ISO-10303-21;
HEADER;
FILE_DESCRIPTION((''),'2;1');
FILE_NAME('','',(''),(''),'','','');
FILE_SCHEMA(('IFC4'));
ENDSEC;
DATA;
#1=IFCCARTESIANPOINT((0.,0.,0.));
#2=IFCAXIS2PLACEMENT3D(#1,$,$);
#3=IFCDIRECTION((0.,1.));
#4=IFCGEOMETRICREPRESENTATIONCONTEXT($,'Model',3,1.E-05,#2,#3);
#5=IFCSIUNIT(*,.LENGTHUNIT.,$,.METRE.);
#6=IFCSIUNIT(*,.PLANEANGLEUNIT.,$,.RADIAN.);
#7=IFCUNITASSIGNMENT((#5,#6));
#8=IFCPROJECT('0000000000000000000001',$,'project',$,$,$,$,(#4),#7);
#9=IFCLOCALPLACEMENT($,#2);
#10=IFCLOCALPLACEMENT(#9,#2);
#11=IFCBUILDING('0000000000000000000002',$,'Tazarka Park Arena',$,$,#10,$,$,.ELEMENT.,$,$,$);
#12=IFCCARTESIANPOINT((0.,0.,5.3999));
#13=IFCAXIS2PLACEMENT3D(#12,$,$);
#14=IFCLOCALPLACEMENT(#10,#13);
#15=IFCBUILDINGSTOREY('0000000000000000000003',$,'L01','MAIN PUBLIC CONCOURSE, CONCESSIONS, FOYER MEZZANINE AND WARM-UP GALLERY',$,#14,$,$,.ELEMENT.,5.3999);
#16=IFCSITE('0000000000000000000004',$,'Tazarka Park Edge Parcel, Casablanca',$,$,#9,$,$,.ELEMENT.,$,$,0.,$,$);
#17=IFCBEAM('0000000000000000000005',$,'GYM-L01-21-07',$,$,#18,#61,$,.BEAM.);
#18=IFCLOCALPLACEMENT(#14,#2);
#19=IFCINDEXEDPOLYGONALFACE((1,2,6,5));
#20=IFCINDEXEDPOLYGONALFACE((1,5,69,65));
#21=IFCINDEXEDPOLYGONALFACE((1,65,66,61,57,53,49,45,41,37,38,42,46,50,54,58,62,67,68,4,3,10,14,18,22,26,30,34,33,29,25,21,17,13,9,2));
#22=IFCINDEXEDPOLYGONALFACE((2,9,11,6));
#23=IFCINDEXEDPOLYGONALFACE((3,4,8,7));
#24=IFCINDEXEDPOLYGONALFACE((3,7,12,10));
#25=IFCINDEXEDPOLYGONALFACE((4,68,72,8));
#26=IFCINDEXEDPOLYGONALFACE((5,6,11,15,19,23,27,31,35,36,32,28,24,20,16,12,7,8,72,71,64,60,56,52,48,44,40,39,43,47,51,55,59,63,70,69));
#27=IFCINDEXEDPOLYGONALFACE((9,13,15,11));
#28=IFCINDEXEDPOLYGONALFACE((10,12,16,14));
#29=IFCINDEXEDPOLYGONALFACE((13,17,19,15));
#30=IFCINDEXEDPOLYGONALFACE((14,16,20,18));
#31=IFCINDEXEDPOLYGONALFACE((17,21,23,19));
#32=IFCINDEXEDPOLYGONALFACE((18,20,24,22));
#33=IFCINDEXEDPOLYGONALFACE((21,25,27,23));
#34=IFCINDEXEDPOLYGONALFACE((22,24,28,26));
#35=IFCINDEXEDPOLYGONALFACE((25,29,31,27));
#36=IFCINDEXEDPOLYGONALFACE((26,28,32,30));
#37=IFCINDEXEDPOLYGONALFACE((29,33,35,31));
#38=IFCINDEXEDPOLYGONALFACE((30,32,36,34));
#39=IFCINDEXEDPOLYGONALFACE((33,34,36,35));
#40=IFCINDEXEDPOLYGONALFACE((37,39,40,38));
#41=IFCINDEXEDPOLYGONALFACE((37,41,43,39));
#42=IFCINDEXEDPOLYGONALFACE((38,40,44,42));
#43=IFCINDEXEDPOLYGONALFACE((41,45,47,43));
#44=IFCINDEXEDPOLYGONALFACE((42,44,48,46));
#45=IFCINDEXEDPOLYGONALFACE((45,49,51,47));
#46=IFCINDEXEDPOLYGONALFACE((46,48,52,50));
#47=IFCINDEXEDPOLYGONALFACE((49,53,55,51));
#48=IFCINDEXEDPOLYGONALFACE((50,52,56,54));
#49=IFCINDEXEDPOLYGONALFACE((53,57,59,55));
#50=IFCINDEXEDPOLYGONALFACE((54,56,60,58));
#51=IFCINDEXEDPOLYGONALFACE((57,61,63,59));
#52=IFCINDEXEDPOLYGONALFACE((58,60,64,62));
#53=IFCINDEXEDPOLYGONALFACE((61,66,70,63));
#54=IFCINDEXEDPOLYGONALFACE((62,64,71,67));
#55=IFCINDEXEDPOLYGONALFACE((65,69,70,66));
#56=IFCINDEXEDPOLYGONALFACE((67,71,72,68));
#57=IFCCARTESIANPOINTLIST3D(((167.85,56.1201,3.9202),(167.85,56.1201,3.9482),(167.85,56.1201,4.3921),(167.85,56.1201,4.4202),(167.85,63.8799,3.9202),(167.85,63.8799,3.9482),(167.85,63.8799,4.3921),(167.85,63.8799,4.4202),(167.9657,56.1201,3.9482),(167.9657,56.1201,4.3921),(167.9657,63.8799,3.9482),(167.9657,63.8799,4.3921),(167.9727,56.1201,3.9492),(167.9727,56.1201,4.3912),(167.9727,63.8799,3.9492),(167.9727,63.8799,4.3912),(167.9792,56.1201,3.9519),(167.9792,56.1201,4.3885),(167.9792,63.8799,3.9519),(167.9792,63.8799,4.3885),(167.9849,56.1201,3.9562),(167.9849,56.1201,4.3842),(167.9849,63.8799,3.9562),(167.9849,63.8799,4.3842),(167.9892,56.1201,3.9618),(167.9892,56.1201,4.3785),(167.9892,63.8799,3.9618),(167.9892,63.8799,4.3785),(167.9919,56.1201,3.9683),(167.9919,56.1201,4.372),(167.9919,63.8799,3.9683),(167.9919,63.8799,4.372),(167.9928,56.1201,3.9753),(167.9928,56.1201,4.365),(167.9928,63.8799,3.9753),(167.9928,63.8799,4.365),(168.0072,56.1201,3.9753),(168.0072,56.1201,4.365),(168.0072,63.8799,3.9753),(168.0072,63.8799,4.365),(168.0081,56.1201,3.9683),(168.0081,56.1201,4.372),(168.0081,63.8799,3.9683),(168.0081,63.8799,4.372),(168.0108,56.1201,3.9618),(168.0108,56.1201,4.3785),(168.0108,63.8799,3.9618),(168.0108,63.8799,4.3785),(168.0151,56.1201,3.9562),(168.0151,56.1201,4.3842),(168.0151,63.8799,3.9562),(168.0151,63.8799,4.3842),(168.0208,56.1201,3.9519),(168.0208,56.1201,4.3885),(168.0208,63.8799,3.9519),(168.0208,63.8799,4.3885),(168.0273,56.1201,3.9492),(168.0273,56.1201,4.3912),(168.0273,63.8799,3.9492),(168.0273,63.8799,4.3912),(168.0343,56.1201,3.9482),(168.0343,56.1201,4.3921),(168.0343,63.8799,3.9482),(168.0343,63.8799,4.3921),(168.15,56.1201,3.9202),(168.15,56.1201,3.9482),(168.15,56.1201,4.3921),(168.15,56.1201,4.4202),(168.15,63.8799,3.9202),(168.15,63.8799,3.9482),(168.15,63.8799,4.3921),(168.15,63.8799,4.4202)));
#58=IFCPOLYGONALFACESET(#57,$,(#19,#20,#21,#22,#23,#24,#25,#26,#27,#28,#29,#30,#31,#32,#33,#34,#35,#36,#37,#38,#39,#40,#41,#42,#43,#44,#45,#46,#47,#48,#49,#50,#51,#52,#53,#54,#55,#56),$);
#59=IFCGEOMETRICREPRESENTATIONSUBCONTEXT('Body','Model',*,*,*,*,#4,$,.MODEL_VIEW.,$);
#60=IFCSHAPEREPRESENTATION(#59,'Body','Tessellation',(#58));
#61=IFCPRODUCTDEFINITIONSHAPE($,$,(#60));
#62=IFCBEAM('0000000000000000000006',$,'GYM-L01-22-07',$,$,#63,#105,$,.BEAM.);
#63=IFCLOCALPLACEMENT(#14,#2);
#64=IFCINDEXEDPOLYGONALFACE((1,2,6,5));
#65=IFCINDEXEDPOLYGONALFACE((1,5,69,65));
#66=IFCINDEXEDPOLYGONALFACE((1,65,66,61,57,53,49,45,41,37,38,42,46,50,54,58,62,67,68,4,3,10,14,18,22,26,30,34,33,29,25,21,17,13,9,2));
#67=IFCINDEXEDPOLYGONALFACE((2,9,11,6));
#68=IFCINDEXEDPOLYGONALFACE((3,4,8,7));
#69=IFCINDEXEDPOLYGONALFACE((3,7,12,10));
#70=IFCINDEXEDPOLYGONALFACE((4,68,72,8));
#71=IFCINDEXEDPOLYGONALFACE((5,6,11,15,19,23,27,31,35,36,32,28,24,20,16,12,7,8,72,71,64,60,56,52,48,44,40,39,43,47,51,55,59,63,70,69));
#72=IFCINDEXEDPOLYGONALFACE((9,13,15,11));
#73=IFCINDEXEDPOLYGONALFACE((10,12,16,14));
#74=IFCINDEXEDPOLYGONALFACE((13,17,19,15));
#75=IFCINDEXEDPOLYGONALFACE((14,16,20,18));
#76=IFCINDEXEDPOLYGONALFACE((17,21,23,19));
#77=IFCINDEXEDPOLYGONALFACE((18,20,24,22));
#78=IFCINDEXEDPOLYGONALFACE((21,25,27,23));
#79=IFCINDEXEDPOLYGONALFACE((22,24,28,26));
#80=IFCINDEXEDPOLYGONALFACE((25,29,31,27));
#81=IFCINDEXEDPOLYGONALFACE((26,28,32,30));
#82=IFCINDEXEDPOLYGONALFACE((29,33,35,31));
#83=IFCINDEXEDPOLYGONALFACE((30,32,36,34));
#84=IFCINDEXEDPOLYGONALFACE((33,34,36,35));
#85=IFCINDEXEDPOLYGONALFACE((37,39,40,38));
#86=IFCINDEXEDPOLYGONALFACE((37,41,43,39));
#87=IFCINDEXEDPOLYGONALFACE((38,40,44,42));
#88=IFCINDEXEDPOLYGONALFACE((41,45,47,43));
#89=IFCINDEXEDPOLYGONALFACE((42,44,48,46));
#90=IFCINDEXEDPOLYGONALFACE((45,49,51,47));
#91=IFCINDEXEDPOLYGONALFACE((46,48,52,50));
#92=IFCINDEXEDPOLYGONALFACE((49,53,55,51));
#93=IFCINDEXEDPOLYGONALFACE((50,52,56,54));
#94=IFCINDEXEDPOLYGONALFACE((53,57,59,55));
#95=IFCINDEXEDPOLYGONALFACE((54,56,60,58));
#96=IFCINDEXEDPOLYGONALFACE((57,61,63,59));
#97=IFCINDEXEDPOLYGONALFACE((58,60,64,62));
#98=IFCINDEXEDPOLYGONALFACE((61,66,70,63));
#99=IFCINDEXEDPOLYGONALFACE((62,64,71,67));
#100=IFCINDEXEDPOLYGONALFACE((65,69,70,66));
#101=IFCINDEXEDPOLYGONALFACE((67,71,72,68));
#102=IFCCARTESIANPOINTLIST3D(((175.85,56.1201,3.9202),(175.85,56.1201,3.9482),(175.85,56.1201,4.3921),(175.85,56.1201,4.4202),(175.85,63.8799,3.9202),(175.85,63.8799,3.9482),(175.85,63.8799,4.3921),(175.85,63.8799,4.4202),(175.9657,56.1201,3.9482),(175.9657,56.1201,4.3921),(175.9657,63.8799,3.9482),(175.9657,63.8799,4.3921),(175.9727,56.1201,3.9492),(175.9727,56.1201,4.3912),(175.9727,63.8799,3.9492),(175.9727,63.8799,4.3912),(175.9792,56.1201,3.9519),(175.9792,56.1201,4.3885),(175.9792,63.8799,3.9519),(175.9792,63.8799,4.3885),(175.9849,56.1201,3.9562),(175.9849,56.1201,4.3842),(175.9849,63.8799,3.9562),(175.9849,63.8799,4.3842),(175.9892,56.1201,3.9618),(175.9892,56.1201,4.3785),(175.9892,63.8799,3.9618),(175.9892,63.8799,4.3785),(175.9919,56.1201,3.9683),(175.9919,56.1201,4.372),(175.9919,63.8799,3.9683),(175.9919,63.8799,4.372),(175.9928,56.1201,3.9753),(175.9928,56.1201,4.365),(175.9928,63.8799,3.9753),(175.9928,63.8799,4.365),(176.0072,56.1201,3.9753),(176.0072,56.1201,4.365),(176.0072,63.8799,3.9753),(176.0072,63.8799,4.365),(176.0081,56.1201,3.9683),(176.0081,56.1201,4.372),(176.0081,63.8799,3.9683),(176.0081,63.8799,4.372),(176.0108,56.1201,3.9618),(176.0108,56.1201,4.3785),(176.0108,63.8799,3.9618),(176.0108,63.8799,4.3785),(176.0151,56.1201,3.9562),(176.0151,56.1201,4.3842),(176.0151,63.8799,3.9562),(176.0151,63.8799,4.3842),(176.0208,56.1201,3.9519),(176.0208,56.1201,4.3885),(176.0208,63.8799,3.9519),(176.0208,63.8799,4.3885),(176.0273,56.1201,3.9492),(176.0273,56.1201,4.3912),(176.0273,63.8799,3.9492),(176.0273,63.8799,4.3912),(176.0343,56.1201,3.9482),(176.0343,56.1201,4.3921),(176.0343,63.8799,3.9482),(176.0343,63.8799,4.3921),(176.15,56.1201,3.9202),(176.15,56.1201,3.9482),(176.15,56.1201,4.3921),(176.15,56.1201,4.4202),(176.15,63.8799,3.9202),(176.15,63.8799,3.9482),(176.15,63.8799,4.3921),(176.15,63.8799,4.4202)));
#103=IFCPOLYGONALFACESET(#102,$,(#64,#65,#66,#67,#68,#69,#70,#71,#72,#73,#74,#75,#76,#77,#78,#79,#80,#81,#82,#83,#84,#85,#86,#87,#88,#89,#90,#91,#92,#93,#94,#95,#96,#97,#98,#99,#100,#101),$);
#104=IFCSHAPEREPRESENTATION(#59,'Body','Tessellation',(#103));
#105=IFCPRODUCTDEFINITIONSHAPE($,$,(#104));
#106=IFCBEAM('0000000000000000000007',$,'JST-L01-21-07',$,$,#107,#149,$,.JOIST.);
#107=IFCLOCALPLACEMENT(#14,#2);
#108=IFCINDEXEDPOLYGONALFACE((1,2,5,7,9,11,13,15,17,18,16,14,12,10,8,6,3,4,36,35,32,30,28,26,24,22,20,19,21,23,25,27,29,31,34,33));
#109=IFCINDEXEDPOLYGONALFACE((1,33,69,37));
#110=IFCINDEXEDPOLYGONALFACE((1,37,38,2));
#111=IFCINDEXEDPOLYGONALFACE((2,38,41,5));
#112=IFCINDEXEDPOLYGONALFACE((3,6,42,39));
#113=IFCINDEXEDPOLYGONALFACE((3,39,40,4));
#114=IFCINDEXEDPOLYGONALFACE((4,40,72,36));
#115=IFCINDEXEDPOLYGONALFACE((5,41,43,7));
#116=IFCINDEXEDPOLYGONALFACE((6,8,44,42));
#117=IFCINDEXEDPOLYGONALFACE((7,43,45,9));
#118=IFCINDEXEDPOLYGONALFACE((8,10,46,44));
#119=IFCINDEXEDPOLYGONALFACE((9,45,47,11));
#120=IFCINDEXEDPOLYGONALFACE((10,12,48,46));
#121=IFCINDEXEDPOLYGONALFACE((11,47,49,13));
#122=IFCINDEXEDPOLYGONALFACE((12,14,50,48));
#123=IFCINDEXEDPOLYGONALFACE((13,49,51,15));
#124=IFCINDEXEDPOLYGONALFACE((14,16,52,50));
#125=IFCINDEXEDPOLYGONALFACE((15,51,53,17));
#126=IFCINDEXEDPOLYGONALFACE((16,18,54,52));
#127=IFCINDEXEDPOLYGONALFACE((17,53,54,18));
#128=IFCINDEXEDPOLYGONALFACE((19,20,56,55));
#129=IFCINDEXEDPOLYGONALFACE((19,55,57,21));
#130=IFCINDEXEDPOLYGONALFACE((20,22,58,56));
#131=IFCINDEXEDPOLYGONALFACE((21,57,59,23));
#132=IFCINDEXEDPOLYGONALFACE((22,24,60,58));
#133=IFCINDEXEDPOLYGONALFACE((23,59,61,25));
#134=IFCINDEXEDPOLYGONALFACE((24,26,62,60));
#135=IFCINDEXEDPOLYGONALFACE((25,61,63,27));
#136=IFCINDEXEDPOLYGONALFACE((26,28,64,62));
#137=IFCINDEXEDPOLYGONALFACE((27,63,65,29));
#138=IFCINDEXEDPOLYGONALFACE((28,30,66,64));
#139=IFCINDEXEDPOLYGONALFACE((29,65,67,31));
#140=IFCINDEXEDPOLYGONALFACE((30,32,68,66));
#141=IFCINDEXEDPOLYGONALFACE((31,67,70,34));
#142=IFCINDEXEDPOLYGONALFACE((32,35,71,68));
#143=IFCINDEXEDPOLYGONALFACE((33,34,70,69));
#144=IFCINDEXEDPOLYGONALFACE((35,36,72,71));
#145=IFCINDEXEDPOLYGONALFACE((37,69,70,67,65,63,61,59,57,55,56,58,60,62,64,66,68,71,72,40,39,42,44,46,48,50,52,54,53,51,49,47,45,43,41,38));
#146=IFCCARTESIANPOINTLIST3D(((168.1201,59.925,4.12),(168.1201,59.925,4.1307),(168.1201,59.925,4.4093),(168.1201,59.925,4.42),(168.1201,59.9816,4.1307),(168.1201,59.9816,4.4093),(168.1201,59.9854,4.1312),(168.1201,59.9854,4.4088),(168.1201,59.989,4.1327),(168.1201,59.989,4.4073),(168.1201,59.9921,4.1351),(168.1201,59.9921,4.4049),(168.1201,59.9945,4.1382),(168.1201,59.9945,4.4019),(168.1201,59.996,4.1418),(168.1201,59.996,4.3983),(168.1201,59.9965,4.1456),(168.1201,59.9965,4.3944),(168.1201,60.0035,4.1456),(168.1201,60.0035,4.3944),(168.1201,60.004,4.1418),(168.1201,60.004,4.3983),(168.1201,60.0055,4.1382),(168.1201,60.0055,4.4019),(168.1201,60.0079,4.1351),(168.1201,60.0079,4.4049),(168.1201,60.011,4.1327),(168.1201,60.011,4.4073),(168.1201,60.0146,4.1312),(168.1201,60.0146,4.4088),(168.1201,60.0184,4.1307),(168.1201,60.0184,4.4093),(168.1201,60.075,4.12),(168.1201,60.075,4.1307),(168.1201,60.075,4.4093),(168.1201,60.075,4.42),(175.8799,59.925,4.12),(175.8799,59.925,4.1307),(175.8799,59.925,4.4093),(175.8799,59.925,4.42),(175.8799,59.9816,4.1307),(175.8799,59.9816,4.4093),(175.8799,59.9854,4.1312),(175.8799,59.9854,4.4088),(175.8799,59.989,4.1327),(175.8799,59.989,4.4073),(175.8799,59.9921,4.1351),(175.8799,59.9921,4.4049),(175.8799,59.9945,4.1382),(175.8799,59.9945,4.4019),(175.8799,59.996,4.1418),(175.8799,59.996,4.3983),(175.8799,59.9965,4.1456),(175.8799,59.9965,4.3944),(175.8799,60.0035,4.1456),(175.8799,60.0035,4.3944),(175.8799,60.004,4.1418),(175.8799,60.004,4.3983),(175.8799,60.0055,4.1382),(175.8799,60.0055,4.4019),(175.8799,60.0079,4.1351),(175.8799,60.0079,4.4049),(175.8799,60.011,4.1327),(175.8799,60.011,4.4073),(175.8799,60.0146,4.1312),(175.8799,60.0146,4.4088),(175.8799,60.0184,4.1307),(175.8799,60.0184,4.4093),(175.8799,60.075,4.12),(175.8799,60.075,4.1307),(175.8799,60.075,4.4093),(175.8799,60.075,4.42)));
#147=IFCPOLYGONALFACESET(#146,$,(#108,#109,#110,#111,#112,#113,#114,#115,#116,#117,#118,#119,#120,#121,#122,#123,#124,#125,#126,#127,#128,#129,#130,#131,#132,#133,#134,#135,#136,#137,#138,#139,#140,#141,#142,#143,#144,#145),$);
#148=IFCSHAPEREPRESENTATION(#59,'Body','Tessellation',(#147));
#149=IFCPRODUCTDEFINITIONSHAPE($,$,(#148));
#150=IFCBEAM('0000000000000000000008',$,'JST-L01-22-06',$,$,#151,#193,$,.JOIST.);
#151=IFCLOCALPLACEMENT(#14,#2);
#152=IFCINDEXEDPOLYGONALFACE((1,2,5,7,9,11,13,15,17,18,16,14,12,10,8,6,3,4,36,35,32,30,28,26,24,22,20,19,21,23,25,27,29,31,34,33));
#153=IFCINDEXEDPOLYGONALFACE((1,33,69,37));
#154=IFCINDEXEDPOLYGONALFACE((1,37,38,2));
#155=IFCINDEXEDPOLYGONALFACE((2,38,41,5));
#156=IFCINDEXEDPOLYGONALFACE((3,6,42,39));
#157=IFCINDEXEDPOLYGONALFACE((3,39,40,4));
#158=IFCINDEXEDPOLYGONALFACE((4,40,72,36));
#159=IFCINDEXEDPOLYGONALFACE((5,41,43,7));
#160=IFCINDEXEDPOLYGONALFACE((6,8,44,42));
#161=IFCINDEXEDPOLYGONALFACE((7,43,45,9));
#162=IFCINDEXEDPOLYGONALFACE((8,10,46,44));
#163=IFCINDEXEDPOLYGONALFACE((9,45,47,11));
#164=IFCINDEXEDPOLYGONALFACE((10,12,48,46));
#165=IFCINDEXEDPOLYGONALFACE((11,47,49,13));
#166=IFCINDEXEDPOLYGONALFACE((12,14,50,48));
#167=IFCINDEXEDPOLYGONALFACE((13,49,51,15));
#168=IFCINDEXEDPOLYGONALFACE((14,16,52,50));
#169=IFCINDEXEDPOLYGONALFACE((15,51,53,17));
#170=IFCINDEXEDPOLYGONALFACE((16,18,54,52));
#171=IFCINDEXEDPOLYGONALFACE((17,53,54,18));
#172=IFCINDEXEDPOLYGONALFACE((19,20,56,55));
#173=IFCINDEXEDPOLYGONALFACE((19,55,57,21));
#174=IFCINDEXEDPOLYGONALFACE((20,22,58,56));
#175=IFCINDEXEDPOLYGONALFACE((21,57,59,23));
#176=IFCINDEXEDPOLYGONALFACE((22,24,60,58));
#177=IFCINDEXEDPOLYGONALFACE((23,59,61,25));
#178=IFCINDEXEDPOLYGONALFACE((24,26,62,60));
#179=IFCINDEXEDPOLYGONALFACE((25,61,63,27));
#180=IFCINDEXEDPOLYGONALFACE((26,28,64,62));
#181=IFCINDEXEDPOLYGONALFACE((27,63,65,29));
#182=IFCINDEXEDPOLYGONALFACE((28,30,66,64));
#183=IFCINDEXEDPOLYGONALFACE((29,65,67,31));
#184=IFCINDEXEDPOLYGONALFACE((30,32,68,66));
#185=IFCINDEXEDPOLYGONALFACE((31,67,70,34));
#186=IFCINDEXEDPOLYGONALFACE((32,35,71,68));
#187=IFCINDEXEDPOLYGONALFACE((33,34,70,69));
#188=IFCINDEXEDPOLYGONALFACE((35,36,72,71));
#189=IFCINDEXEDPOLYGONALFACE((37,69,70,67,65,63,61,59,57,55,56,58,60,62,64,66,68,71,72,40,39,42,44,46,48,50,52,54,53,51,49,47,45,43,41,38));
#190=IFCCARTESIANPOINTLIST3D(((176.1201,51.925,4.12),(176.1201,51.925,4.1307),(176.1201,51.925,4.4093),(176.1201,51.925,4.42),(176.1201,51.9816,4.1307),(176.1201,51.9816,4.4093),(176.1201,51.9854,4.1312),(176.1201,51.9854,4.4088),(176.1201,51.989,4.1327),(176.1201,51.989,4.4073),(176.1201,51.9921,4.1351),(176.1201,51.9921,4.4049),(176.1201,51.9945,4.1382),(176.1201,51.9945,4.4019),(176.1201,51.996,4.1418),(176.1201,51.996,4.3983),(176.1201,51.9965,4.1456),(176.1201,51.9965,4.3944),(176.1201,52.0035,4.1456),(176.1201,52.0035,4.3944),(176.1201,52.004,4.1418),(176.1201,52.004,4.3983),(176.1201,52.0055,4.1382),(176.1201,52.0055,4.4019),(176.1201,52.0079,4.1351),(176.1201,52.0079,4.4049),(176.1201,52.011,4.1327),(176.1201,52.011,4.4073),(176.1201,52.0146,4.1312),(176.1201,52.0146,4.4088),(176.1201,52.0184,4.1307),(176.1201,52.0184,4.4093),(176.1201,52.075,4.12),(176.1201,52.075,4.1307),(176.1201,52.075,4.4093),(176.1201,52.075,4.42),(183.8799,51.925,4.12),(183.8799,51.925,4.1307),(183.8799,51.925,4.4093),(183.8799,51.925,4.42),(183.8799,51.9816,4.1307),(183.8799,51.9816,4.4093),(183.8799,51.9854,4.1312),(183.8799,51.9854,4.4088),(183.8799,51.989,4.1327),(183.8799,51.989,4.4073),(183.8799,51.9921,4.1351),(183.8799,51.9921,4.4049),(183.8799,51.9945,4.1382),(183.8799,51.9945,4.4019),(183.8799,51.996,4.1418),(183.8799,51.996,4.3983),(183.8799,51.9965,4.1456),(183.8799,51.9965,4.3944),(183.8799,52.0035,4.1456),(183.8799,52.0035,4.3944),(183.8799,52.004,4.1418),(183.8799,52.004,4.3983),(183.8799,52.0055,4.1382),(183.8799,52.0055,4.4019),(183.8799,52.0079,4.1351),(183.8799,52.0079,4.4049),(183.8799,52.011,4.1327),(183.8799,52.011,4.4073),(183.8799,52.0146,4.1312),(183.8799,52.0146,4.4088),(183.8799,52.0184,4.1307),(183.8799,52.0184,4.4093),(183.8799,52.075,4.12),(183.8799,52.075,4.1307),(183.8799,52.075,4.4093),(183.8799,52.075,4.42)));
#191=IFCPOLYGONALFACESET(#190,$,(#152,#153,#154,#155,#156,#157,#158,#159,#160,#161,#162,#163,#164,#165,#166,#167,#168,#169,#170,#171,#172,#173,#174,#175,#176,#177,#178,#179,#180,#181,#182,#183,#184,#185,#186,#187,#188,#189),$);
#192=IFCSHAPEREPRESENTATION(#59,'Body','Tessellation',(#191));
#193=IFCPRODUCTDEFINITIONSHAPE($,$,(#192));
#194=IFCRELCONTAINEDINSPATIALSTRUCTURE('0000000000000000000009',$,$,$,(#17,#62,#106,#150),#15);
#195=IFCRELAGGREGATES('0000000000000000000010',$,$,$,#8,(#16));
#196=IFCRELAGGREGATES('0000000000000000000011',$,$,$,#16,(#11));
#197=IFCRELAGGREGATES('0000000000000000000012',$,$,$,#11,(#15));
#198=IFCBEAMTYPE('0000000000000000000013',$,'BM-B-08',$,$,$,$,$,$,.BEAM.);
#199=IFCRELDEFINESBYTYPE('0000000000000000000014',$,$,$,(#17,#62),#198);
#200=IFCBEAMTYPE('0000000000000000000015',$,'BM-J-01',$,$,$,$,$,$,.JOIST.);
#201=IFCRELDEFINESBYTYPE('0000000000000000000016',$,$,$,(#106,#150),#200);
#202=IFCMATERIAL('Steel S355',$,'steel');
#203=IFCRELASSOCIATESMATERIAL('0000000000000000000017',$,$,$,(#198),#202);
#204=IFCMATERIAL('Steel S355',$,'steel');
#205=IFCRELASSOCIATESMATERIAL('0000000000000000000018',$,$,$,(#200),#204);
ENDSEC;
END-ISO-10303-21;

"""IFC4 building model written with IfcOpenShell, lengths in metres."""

from ifc_helpers import new_model, si_unit, direction, frame, origin, origin_2d, place, context, subcontext, project, spatial, i_section, extrude, material, material_profile, profile_set, type_object, element, save


model = new_model("IFC4")

# Units and contexts
model_context = context("Model", 3, precision=1e-05, world=origin(), true_north=direction((0.0, 1.0)))
body_context = subcontext(model_context, "Body", "Model", "MODEL_VIEW")
ifc_project = project(units=[si_unit("LENGTHUNIT", "METRE"), si_unit("PLANEANGLEUNIT", "RADIAN")], contexts=[model_context])

# Site, building, storey
site_placement = place(None, origin())
site = spatial("IfcSite", under=ifc_project, at=site_placement, Name="Tazarka Park Edge Parcel, Casablanca", CompositionType="ELEMENT", RefElevation=0.0)
building_placement = place(site_placement, origin())
building = spatial("IfcBuilding", under=site, at=building_placement, Name="Tazarka Park Arena", CompositionType="ELEMENT")
storey_placement = place(building_placement, frame((0.0, 0.0, 5.3999)))
storey = spatial("IfcBuildingStorey", under=building, at=storey_placement, Name="L01", Description="MAIN PUBLIC CONCOURSE, CONCESSIONS, FOYER MEZZANINE AND WARM-UP GALLERY", CompositionType="ELEMENT", Elevation=5.3999)

# Beams
ifc_material_1 = material(Name="Steel S355", Category="steel")
ifc_material_profile_1 = material_profile(ifc_material_1, i_section(OverallWidth=0.3, OverallDepth=0.5, WebThickness=0.0144, FlangeThickness=0.0281, FilletRadius=0.0271, at=origin_2d()), Name="Steel S355")
ifc_profile_set_1 = profile_set([ifc_material_profile_1], Name="Steel S355")
beam_type_1 = type_object("IfcBeamType", Name="BM-B-08", PredefinedType="BEAM", material=ifc_profile_set_1)
for number, where, z_axis, x_axis, name in (
    (1, (168.0, 56.1201, 4.1702), (0.0, 1.0, 0.0), (-1.0, 0.0, 0.0), "GYM-L01-21-07"),
    (2, (176.0, 56.1201, 4.1702), (0.0, 1.0, 0.0), (-1.0, 0.0, 0.0), "GYM-L01-22-07"),
):
    element("IfcBeam", number, at=place(storey_placement, frame(where, z_axis=z_axis, x_axis=x_axis)), inside=storey, type_object=beam_type_1, Name=name, PredefinedType="BEAM", context=body_context, shape_type="SweptSolid", body=[
        extrude(i_section(OverallWidth=0.3, OverallDepth=0.5, WebThickness=0.0144, FlangeThickness=0.0281, FilletRadius=0.0271, at=origin_2d()), origin(), (0.0, 0.0, 1.0), 7.7598),
    ])
ifc_material_2 = material(Name="Steel S355", Category="steel")
ifc_material_profile_2 = material_profile(ifc_material_2, i_section(OverallWidth=0.1499, OverallDepth=0.3, WebThickness=0.0071, FlangeThickness=0.0107, FilletRadius=0.0149, at=origin_2d()), Name="Steel S355")
ifc_profile_set_2 = profile_set([ifc_material_profile_2], Name="Steel S355")
beam_type_2 = type_object("IfcBeamType", Name="BM-J-01", PredefinedType="JOIST", material=ifc_profile_set_2)
for number, where, z_axis, x_axis, name in (
    (3, (168.1201, 60.0, 4.27), (1.0, 0.0, 0.0), (0.0, 1.0, 0.0), "JST-L01-21-07"),
    (4, (176.1201, 52.0, 4.27), (1.0, 0.0, 0.0), (0.0, 1.0, 0.0), "JST-L01-22-06"),
):
    element("IfcBeam", number, at=place(storey_placement, frame(where, z_axis=z_axis, x_axis=x_axis)), inside=storey, type_object=beam_type_2, Name=name, PredefinedType="JOIST", context=body_context, shape_type="SweptSolid", body=[
        extrude(i_section(OverallWidth=0.1499, OverallDepth=0.3, WebThickness=0.0071, FlangeThickness=0.0107, FilletRadius=0.0149, at=origin_2d()), origin(), (0.0, 0.0, 1.0), 7.7598),
    ])

save(model, "model.ifc")
